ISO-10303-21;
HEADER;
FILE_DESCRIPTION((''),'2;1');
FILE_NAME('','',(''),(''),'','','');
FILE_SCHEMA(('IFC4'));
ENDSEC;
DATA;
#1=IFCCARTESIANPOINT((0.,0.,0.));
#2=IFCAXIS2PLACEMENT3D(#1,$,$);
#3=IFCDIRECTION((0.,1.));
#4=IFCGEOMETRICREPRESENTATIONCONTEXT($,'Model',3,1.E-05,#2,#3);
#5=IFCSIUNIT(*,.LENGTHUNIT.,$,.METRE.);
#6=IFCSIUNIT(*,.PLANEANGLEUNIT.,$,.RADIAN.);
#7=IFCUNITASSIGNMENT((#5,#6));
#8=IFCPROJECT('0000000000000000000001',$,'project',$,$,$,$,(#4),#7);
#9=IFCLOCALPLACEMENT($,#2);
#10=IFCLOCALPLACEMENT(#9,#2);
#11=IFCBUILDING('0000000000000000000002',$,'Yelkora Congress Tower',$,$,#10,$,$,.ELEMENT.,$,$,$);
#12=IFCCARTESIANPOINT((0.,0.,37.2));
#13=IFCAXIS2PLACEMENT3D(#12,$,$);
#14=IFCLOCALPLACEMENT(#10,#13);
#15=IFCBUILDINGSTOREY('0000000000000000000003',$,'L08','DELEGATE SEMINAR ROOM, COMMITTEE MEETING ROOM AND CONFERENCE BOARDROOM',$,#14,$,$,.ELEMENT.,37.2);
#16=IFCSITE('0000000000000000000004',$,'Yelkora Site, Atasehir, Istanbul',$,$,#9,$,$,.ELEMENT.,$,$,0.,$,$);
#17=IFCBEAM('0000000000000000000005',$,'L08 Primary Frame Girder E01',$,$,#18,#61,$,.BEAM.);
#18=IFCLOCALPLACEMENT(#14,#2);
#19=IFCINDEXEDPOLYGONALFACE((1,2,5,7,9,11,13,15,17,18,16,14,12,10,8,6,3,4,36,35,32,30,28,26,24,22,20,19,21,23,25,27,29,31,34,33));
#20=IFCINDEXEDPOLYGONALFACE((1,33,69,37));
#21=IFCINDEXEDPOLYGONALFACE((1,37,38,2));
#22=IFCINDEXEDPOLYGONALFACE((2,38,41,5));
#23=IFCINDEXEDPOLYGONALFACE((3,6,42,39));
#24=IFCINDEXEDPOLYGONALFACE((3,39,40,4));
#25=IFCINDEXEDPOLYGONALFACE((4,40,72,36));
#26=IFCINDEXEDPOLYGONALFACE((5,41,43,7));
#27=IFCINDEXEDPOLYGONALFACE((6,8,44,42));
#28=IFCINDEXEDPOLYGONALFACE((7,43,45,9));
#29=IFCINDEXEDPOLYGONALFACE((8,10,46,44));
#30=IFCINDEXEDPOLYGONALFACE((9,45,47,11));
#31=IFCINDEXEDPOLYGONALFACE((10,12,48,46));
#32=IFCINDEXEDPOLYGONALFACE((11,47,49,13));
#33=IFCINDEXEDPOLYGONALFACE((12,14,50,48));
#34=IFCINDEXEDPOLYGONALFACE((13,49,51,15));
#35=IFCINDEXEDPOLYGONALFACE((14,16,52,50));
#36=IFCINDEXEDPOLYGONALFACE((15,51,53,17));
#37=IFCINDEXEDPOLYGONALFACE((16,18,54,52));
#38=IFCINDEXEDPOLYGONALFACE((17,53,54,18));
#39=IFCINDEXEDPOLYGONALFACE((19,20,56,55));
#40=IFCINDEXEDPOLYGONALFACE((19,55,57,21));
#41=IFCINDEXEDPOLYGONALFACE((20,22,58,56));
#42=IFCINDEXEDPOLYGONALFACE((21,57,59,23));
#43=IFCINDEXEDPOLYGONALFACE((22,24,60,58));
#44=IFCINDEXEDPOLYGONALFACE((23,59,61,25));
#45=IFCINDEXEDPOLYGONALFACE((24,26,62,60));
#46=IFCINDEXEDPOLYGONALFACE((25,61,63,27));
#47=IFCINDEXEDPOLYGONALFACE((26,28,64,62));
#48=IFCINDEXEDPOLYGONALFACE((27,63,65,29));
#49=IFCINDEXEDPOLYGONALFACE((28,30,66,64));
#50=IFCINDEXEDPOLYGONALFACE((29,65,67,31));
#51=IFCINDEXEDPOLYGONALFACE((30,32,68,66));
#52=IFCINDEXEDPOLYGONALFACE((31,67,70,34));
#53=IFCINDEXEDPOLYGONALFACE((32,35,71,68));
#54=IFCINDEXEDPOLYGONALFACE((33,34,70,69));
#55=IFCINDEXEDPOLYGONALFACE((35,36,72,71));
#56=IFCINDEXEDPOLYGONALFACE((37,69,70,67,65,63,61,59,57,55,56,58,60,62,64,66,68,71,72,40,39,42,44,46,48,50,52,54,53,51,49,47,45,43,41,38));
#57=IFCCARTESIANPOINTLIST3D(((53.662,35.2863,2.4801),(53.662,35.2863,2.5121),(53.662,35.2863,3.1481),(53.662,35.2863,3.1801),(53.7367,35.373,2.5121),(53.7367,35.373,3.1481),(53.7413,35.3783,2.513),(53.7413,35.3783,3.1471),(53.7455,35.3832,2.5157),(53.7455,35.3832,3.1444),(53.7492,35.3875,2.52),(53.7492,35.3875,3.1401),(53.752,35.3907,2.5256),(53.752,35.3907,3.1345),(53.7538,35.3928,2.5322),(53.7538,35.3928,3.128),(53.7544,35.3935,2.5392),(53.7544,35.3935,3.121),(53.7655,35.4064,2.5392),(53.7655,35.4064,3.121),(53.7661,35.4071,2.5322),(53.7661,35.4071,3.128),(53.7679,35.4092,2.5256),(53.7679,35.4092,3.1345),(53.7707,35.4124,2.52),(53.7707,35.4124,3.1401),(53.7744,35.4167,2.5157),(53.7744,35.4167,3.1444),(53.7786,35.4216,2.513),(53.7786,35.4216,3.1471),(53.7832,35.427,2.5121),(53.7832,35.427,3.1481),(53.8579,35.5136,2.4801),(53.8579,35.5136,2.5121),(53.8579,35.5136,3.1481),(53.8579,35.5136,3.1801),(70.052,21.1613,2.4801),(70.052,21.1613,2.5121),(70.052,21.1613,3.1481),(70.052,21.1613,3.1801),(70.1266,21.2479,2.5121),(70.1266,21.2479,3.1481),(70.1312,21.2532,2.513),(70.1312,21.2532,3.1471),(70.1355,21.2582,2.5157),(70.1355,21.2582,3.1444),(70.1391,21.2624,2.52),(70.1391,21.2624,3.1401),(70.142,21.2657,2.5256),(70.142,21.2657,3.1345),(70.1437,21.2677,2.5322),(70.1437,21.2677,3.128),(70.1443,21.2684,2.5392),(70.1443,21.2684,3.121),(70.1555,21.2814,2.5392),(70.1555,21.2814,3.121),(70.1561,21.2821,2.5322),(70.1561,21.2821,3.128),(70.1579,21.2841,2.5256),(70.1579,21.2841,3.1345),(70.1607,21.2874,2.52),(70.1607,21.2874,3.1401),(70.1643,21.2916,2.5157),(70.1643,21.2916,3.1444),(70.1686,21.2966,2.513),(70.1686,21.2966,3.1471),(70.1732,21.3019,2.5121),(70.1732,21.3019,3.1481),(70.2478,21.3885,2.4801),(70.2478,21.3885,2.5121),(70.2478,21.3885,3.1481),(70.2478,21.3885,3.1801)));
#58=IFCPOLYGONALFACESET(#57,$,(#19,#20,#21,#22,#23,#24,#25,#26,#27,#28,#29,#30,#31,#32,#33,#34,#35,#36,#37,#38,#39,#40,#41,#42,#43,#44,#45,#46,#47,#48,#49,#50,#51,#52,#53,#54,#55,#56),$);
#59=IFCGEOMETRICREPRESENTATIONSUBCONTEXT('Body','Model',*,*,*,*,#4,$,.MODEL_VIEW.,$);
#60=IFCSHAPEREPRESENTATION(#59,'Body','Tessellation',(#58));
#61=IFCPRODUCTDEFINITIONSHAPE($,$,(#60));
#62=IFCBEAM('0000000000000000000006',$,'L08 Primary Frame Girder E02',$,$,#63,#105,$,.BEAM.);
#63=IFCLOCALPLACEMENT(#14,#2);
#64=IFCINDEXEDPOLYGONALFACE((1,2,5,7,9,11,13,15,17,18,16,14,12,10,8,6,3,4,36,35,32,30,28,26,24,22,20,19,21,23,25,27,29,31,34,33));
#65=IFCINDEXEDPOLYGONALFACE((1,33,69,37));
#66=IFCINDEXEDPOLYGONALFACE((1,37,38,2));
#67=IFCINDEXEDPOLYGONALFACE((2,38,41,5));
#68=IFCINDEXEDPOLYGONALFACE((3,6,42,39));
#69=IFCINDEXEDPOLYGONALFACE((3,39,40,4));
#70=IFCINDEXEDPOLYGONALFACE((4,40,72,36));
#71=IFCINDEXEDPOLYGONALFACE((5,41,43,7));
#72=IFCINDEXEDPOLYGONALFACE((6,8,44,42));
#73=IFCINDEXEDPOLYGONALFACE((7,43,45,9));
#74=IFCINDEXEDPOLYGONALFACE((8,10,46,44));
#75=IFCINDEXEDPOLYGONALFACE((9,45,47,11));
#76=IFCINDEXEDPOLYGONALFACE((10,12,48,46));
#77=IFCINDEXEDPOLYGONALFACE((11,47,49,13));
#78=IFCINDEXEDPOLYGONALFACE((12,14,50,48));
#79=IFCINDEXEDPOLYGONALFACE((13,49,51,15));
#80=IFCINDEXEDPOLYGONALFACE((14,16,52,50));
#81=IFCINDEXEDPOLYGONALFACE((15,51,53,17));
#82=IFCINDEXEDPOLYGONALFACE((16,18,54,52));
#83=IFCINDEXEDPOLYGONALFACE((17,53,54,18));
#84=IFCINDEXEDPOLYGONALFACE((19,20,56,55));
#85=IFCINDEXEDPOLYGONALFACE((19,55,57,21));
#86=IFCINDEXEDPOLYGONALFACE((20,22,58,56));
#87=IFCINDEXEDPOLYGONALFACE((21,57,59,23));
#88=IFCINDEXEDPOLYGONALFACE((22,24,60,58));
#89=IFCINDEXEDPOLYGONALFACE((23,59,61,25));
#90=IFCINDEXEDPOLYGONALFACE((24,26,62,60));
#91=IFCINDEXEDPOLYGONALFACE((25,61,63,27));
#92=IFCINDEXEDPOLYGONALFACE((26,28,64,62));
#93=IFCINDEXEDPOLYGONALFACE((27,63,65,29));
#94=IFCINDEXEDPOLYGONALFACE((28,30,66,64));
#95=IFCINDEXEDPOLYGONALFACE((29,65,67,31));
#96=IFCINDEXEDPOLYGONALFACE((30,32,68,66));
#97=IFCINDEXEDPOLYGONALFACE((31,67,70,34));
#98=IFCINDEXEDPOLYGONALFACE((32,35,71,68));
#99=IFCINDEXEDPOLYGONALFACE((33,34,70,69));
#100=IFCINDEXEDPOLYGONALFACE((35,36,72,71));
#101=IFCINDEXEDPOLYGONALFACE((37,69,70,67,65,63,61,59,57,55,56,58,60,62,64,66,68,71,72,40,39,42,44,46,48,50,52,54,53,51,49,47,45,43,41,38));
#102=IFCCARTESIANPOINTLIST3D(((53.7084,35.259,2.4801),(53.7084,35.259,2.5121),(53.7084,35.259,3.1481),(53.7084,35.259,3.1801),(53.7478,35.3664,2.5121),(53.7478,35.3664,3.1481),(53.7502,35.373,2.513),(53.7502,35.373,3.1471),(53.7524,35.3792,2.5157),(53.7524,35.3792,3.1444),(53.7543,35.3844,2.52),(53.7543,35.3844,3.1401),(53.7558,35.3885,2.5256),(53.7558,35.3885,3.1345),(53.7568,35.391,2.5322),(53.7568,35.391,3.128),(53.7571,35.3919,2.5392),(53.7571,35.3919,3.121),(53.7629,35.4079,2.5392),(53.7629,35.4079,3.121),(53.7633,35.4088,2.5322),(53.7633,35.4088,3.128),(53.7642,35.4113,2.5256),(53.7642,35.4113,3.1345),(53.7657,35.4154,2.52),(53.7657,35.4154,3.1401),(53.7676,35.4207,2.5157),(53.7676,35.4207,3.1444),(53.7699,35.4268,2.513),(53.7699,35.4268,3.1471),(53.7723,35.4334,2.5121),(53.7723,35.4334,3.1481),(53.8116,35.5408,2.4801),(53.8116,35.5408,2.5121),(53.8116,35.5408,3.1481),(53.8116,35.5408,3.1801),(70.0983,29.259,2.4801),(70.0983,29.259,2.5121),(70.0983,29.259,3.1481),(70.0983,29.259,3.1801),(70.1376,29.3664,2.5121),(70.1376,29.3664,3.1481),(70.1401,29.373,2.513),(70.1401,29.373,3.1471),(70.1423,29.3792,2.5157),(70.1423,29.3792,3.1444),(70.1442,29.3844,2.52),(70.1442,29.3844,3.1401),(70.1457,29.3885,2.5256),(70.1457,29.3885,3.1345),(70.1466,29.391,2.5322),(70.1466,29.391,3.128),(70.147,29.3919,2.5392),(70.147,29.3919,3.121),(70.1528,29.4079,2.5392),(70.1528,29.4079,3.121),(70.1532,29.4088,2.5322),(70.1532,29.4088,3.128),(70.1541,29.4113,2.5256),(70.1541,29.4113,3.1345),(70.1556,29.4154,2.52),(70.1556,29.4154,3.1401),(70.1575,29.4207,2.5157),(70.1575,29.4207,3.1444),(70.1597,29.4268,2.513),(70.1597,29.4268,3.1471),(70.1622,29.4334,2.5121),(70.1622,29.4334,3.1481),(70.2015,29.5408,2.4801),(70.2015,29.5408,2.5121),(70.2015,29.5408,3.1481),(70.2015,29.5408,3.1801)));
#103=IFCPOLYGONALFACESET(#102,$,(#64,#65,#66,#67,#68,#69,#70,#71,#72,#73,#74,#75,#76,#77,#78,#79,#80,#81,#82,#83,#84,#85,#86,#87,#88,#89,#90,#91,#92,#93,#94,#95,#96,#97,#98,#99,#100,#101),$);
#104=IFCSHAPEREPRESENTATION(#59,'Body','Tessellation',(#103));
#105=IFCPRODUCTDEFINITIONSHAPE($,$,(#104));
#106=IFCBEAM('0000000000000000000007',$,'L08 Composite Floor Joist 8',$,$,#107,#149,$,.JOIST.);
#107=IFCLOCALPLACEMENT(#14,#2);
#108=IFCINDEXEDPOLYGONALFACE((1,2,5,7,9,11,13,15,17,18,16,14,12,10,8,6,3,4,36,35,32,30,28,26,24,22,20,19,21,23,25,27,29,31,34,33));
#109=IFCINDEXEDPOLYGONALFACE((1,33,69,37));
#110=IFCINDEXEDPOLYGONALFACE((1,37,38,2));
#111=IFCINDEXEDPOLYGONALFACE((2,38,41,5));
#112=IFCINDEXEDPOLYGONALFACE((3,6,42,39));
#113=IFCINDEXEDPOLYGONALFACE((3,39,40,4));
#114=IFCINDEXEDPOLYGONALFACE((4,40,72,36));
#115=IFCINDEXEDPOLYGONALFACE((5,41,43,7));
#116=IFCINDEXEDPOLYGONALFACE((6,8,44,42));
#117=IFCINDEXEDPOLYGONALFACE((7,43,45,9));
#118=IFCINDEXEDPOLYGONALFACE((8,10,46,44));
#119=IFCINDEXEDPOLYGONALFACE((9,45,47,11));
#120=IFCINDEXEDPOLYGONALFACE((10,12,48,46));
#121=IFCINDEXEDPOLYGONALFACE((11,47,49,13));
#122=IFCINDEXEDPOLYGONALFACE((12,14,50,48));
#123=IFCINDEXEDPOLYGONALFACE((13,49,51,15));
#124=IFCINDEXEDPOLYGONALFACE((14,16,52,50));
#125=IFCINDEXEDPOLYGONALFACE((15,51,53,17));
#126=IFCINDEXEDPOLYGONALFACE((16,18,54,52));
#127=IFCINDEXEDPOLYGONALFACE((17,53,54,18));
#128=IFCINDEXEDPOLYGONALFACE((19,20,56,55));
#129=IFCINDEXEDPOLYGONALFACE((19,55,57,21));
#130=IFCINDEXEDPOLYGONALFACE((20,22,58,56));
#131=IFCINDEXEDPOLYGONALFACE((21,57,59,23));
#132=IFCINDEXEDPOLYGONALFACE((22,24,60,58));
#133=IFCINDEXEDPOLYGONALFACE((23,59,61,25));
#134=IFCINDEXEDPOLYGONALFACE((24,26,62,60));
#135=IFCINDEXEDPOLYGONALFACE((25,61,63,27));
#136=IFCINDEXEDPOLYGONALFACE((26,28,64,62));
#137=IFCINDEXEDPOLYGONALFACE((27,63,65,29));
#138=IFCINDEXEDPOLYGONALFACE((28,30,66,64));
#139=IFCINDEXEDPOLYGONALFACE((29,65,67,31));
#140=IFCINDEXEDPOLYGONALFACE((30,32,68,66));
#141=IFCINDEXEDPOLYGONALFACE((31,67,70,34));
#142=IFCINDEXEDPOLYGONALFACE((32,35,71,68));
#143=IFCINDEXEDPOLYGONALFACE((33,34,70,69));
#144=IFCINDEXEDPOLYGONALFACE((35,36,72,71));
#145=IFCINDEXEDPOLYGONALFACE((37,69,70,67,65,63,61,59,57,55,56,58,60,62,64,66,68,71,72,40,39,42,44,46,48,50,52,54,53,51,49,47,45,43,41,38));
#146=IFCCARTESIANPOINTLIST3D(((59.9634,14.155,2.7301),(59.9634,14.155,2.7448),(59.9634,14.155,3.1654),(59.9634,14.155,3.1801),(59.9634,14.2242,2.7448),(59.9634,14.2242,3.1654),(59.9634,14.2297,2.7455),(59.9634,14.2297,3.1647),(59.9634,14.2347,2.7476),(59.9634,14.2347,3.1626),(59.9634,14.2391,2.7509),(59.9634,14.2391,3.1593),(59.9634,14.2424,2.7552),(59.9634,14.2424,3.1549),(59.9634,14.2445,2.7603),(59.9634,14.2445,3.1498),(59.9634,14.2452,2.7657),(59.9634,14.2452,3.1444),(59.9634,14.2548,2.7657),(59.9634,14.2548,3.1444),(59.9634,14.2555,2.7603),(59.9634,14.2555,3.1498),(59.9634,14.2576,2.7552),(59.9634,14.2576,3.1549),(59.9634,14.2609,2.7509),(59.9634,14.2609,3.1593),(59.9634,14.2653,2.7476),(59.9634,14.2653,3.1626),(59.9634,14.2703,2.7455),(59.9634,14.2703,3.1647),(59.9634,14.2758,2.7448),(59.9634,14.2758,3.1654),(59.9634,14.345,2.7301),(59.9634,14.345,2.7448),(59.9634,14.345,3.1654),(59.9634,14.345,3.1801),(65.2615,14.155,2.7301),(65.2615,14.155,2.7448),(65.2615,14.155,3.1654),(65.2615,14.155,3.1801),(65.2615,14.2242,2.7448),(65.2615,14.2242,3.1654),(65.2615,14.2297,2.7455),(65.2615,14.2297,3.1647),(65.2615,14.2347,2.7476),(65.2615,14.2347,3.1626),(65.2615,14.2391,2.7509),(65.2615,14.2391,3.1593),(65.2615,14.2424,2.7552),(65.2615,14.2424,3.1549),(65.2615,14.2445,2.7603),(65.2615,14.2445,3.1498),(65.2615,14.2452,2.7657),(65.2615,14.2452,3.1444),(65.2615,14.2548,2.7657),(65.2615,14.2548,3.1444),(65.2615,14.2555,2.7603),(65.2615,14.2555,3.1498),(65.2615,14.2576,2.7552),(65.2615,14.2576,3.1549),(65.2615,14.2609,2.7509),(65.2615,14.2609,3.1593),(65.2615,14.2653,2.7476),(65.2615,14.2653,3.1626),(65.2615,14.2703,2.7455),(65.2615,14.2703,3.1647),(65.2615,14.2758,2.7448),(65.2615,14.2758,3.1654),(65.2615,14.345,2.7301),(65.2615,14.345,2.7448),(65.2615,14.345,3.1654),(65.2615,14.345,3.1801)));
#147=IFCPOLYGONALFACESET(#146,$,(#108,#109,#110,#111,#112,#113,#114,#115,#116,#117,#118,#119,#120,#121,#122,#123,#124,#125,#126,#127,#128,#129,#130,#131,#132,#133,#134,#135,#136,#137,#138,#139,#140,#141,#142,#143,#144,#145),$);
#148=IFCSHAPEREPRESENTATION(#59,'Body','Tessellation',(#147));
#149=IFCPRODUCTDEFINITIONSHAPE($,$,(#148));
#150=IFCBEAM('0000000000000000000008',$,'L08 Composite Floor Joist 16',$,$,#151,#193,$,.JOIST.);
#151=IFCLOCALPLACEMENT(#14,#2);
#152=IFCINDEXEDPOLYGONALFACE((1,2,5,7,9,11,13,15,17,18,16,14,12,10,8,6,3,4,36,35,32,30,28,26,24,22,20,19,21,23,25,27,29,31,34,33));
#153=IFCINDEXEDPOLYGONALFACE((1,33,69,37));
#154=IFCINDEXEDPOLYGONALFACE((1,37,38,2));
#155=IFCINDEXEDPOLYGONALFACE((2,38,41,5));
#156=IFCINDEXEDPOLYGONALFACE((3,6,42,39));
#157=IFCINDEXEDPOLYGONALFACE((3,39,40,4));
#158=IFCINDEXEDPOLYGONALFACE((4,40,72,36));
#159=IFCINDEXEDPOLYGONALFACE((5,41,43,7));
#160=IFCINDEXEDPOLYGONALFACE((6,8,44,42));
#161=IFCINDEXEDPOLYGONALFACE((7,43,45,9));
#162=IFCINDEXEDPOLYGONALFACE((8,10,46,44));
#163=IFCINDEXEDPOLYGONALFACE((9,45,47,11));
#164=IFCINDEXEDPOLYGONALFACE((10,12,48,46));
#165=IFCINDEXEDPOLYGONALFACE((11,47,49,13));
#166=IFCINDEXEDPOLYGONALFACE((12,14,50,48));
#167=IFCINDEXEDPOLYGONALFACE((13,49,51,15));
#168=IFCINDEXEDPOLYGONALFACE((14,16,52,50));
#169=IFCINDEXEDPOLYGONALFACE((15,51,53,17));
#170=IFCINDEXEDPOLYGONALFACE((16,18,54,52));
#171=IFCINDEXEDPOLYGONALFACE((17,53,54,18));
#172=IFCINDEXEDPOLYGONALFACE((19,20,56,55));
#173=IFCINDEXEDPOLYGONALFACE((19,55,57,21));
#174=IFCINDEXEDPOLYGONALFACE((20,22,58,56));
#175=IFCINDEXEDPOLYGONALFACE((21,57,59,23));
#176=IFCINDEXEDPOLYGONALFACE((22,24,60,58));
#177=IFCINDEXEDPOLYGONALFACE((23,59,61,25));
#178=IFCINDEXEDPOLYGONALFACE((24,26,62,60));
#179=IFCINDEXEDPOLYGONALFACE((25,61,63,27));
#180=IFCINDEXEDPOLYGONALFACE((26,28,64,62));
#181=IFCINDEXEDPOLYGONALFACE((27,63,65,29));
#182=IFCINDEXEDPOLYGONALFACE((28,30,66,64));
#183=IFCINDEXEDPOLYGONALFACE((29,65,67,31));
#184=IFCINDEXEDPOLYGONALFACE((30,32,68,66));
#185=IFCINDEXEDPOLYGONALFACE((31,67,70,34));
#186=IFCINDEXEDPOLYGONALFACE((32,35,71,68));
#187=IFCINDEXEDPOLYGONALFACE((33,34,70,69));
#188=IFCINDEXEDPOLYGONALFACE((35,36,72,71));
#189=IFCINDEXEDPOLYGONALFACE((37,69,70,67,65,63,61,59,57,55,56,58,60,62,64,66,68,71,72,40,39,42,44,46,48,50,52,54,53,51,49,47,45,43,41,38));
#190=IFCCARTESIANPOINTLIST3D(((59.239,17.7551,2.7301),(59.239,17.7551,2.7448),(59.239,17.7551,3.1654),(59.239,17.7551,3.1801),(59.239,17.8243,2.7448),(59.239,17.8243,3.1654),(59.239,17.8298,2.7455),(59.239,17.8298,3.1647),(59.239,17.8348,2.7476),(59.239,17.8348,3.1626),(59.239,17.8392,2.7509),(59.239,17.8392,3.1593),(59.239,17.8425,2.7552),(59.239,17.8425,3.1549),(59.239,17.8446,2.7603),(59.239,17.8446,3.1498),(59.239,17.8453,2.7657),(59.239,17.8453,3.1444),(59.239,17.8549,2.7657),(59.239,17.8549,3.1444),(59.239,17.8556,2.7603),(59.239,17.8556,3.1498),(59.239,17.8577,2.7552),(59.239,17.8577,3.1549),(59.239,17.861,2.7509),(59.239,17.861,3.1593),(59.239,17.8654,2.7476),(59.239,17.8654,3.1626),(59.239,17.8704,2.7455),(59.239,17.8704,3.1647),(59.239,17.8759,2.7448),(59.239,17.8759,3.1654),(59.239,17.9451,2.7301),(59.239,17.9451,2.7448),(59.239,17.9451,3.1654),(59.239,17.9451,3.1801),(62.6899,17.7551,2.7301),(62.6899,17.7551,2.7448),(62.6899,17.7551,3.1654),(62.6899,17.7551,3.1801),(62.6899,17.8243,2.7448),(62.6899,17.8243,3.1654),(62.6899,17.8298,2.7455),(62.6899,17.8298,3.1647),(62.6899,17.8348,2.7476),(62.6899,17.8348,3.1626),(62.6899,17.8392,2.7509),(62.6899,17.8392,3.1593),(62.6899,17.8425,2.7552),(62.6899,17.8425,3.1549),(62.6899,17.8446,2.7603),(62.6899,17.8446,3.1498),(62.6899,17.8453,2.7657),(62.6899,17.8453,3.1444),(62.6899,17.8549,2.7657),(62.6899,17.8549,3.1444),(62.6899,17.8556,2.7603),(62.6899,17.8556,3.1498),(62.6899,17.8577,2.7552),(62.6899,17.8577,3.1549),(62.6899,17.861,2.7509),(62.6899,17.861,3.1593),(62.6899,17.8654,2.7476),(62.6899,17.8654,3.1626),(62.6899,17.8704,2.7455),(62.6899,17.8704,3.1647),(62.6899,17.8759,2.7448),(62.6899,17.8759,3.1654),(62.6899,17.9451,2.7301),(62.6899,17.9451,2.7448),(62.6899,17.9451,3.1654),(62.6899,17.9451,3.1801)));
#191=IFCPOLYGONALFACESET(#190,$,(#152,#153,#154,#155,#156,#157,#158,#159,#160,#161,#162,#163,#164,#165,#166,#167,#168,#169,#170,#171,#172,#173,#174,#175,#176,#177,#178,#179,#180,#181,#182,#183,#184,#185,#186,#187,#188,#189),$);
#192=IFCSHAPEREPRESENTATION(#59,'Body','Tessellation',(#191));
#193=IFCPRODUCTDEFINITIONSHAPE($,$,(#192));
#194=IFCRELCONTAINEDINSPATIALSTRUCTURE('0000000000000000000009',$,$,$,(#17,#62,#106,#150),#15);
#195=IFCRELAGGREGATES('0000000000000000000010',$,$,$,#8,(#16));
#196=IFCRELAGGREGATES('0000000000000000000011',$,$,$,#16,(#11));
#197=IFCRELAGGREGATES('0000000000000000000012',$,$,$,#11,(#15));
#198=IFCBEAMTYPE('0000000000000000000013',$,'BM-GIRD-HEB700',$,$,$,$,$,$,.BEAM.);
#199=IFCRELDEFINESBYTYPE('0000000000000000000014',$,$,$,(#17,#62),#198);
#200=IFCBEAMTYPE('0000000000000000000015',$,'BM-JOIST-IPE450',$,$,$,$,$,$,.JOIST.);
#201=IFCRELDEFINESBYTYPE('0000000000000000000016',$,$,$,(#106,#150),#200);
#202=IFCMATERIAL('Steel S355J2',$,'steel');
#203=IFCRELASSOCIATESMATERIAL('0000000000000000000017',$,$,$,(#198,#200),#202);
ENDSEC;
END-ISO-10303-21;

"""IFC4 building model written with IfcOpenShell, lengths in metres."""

from ifc_helpers import new_model, si_unit, direction, frame, origin, origin_2d, place, context, subcontext, project, spatial, i_section, extrude, material, material_profile, profile_set, type_object, element, save


model = new_model("IFC4")

# Units and contexts
model_context = context("Model", 3, precision=1e-05, world=origin(), true_north=direction((0.0, 1.0)))
body_context = subcontext(model_context, "Body", "Model", "MODEL_VIEW")
ifc_project = project(units=[si_unit("LENGTHUNIT", "METRE"), si_unit("PLANEANGLEUNIT", "RADIAN")], contexts=[model_context])

# Site, building, storey
site_placement = place(None, origin())
site = spatial("IfcSite", under=ifc_project, at=site_placement, Name="Yelkora Site, Atasehir, Istanbul", CompositionType="ELEMENT", RefElevation=0.0)
building_placement = place(site_placement, origin())
building = spatial("IfcBuilding", under=site, at=building_placement, Name="Yelkora Congress Tower", CompositionType="ELEMENT")
storey_placement = place(building_placement, frame((0.0, 0.0, 37.2)))
storey = spatial("IfcBuildingStorey", under=building, at=storey_placement, Name="L08", Description="DELEGATE SEMINAR ROOM, COMMITTEE MEETING ROOM AND CONFERENCE BOARDROOM", CompositionType="ELEMENT", Elevation=37.2)

# Beams
ifc_material_1 = material(Name="Steel S355J2", Category="steel")
ifc_material_profile_1 = material_profile(ifc_material_1, i_section(OverallWidth=0.3, OverallDepth=0.7, WebThickness=0.0171, FlangeThickness=0.032, FilletRadius=0.0271, at=origin_2d()), Name="HEB 700")
ifc_profile_set_1 = profile_set([ifc_material_profile_1], Name="Steel S355J2")
beam_type_1 = type_object("IfcBeamType", Name="BM-GIRD-HEB700", PredefinedType="BEAM", material=ifc_profile_set_1)
beam_1_placement = place(storey_placement, frame((70.1499, 21.2749, 2.8301), z_axis=(-0.757506, 0.652828, 0.0), x_axis=(-0.652828, -0.757506, 0.0)))
element("IfcBeam", 1, at=beam_1_placement, inside=storey, type_object=beam_type_1, Name="L08 Primary Frame Girder E01", PredefinedType="BEAM", context=body_context, shape_type="SweptSolid", body=[
    extrude(i_section(OverallWidth=0.3, OverallDepth=0.7, WebThickness=0.0171, FlangeThickness=0.032, FilletRadius=0.0271, at=origin_2d()), origin(), (0.0, 0.0, 1.0), 21.6367),
])
beam_2_placement = place(storey_placement, frame((70.1499, 29.3999, 2.8301), z_axis=(-0.939054, 0.343768, 0.0), x_axis=(-0.343768, -0.939054, 0.0)))
element("IfcBeam", 2, at=beam_2_placement, inside=storey, type_object=beam_type_1, Name="L08 Primary Frame Girder E02", PredefinedType="BEAM", context=body_context, shape_type="SweptSolid", body=[
    extrude(i_section(OverallWidth=0.3, OverallDepth=0.7, WebThickness=0.0171, FlangeThickness=0.032, FilletRadius=0.0271, at=origin_2d()), origin(), (0.0, 0.0, 1.0), 17.4536),
])
ifc_material_profile_2 = material_profile(ifc_material_1, i_section(OverallWidth=0.1899, OverallDepth=0.45, WebThickness=0.0095, FlangeThickness=0.0146, FilletRadius=0.021, at=origin_2d()), Name="IPE 450")
ifc_profile_set_2 = profile_set([ifc_material_profile_2], Name="Steel S355J2")
beam_type_2 = type_object("IfcBeamType", Name="BM-JOIST-IPE450", PredefinedType="JOIST", material=ifc_profile_set_2)
beam_3_placement = place(storey_placement, frame((59.9634, 14.25, 2.9551), z_axis=(1.0, 0.0, 0.0), x_axis=(0.0, 1.0, 0.0)))
element("IfcBeam", 3, at=beam_3_placement, inside=storey, type_object=beam_type_2, Name="L08 Composite Floor Joist 8", PredefinedType="JOIST", context=body_context, shape_type="SweptSolid", body=[
    extrude(i_section(OverallWidth=0.1899, OverallDepth=0.45, WebThickness=0.0095, FlangeThickness=0.0146, FilletRadius=0.021, at=origin_2d()), origin(), (0.0, 0.0, 1.0), 5.2981),
])
beam_4_placement = place(storey_placement, frame((59.239, 17.8501, 2.9551), z_axis=(1.0, 0.0, 0.0), x_axis=(0.0, 1.0, 0.0)))
element("IfcBeam", 4, at=beam_4_placement, inside=storey, type_object=beam_type_2, Name="L08 Composite Floor Joist 16", PredefinedType="JOIST", context=body_context, shape_type="SweptSolid", body=[
    extrude(i_section(OverallWidth=0.1899, OverallDepth=0.45, WebThickness=0.0095, FlangeThickness=0.0146, FilletRadius=0.021, at=origin_2d()), origin(), (0.0, 0.0, 1.0), 3.4509),
])

save(model, "model.ifc")
